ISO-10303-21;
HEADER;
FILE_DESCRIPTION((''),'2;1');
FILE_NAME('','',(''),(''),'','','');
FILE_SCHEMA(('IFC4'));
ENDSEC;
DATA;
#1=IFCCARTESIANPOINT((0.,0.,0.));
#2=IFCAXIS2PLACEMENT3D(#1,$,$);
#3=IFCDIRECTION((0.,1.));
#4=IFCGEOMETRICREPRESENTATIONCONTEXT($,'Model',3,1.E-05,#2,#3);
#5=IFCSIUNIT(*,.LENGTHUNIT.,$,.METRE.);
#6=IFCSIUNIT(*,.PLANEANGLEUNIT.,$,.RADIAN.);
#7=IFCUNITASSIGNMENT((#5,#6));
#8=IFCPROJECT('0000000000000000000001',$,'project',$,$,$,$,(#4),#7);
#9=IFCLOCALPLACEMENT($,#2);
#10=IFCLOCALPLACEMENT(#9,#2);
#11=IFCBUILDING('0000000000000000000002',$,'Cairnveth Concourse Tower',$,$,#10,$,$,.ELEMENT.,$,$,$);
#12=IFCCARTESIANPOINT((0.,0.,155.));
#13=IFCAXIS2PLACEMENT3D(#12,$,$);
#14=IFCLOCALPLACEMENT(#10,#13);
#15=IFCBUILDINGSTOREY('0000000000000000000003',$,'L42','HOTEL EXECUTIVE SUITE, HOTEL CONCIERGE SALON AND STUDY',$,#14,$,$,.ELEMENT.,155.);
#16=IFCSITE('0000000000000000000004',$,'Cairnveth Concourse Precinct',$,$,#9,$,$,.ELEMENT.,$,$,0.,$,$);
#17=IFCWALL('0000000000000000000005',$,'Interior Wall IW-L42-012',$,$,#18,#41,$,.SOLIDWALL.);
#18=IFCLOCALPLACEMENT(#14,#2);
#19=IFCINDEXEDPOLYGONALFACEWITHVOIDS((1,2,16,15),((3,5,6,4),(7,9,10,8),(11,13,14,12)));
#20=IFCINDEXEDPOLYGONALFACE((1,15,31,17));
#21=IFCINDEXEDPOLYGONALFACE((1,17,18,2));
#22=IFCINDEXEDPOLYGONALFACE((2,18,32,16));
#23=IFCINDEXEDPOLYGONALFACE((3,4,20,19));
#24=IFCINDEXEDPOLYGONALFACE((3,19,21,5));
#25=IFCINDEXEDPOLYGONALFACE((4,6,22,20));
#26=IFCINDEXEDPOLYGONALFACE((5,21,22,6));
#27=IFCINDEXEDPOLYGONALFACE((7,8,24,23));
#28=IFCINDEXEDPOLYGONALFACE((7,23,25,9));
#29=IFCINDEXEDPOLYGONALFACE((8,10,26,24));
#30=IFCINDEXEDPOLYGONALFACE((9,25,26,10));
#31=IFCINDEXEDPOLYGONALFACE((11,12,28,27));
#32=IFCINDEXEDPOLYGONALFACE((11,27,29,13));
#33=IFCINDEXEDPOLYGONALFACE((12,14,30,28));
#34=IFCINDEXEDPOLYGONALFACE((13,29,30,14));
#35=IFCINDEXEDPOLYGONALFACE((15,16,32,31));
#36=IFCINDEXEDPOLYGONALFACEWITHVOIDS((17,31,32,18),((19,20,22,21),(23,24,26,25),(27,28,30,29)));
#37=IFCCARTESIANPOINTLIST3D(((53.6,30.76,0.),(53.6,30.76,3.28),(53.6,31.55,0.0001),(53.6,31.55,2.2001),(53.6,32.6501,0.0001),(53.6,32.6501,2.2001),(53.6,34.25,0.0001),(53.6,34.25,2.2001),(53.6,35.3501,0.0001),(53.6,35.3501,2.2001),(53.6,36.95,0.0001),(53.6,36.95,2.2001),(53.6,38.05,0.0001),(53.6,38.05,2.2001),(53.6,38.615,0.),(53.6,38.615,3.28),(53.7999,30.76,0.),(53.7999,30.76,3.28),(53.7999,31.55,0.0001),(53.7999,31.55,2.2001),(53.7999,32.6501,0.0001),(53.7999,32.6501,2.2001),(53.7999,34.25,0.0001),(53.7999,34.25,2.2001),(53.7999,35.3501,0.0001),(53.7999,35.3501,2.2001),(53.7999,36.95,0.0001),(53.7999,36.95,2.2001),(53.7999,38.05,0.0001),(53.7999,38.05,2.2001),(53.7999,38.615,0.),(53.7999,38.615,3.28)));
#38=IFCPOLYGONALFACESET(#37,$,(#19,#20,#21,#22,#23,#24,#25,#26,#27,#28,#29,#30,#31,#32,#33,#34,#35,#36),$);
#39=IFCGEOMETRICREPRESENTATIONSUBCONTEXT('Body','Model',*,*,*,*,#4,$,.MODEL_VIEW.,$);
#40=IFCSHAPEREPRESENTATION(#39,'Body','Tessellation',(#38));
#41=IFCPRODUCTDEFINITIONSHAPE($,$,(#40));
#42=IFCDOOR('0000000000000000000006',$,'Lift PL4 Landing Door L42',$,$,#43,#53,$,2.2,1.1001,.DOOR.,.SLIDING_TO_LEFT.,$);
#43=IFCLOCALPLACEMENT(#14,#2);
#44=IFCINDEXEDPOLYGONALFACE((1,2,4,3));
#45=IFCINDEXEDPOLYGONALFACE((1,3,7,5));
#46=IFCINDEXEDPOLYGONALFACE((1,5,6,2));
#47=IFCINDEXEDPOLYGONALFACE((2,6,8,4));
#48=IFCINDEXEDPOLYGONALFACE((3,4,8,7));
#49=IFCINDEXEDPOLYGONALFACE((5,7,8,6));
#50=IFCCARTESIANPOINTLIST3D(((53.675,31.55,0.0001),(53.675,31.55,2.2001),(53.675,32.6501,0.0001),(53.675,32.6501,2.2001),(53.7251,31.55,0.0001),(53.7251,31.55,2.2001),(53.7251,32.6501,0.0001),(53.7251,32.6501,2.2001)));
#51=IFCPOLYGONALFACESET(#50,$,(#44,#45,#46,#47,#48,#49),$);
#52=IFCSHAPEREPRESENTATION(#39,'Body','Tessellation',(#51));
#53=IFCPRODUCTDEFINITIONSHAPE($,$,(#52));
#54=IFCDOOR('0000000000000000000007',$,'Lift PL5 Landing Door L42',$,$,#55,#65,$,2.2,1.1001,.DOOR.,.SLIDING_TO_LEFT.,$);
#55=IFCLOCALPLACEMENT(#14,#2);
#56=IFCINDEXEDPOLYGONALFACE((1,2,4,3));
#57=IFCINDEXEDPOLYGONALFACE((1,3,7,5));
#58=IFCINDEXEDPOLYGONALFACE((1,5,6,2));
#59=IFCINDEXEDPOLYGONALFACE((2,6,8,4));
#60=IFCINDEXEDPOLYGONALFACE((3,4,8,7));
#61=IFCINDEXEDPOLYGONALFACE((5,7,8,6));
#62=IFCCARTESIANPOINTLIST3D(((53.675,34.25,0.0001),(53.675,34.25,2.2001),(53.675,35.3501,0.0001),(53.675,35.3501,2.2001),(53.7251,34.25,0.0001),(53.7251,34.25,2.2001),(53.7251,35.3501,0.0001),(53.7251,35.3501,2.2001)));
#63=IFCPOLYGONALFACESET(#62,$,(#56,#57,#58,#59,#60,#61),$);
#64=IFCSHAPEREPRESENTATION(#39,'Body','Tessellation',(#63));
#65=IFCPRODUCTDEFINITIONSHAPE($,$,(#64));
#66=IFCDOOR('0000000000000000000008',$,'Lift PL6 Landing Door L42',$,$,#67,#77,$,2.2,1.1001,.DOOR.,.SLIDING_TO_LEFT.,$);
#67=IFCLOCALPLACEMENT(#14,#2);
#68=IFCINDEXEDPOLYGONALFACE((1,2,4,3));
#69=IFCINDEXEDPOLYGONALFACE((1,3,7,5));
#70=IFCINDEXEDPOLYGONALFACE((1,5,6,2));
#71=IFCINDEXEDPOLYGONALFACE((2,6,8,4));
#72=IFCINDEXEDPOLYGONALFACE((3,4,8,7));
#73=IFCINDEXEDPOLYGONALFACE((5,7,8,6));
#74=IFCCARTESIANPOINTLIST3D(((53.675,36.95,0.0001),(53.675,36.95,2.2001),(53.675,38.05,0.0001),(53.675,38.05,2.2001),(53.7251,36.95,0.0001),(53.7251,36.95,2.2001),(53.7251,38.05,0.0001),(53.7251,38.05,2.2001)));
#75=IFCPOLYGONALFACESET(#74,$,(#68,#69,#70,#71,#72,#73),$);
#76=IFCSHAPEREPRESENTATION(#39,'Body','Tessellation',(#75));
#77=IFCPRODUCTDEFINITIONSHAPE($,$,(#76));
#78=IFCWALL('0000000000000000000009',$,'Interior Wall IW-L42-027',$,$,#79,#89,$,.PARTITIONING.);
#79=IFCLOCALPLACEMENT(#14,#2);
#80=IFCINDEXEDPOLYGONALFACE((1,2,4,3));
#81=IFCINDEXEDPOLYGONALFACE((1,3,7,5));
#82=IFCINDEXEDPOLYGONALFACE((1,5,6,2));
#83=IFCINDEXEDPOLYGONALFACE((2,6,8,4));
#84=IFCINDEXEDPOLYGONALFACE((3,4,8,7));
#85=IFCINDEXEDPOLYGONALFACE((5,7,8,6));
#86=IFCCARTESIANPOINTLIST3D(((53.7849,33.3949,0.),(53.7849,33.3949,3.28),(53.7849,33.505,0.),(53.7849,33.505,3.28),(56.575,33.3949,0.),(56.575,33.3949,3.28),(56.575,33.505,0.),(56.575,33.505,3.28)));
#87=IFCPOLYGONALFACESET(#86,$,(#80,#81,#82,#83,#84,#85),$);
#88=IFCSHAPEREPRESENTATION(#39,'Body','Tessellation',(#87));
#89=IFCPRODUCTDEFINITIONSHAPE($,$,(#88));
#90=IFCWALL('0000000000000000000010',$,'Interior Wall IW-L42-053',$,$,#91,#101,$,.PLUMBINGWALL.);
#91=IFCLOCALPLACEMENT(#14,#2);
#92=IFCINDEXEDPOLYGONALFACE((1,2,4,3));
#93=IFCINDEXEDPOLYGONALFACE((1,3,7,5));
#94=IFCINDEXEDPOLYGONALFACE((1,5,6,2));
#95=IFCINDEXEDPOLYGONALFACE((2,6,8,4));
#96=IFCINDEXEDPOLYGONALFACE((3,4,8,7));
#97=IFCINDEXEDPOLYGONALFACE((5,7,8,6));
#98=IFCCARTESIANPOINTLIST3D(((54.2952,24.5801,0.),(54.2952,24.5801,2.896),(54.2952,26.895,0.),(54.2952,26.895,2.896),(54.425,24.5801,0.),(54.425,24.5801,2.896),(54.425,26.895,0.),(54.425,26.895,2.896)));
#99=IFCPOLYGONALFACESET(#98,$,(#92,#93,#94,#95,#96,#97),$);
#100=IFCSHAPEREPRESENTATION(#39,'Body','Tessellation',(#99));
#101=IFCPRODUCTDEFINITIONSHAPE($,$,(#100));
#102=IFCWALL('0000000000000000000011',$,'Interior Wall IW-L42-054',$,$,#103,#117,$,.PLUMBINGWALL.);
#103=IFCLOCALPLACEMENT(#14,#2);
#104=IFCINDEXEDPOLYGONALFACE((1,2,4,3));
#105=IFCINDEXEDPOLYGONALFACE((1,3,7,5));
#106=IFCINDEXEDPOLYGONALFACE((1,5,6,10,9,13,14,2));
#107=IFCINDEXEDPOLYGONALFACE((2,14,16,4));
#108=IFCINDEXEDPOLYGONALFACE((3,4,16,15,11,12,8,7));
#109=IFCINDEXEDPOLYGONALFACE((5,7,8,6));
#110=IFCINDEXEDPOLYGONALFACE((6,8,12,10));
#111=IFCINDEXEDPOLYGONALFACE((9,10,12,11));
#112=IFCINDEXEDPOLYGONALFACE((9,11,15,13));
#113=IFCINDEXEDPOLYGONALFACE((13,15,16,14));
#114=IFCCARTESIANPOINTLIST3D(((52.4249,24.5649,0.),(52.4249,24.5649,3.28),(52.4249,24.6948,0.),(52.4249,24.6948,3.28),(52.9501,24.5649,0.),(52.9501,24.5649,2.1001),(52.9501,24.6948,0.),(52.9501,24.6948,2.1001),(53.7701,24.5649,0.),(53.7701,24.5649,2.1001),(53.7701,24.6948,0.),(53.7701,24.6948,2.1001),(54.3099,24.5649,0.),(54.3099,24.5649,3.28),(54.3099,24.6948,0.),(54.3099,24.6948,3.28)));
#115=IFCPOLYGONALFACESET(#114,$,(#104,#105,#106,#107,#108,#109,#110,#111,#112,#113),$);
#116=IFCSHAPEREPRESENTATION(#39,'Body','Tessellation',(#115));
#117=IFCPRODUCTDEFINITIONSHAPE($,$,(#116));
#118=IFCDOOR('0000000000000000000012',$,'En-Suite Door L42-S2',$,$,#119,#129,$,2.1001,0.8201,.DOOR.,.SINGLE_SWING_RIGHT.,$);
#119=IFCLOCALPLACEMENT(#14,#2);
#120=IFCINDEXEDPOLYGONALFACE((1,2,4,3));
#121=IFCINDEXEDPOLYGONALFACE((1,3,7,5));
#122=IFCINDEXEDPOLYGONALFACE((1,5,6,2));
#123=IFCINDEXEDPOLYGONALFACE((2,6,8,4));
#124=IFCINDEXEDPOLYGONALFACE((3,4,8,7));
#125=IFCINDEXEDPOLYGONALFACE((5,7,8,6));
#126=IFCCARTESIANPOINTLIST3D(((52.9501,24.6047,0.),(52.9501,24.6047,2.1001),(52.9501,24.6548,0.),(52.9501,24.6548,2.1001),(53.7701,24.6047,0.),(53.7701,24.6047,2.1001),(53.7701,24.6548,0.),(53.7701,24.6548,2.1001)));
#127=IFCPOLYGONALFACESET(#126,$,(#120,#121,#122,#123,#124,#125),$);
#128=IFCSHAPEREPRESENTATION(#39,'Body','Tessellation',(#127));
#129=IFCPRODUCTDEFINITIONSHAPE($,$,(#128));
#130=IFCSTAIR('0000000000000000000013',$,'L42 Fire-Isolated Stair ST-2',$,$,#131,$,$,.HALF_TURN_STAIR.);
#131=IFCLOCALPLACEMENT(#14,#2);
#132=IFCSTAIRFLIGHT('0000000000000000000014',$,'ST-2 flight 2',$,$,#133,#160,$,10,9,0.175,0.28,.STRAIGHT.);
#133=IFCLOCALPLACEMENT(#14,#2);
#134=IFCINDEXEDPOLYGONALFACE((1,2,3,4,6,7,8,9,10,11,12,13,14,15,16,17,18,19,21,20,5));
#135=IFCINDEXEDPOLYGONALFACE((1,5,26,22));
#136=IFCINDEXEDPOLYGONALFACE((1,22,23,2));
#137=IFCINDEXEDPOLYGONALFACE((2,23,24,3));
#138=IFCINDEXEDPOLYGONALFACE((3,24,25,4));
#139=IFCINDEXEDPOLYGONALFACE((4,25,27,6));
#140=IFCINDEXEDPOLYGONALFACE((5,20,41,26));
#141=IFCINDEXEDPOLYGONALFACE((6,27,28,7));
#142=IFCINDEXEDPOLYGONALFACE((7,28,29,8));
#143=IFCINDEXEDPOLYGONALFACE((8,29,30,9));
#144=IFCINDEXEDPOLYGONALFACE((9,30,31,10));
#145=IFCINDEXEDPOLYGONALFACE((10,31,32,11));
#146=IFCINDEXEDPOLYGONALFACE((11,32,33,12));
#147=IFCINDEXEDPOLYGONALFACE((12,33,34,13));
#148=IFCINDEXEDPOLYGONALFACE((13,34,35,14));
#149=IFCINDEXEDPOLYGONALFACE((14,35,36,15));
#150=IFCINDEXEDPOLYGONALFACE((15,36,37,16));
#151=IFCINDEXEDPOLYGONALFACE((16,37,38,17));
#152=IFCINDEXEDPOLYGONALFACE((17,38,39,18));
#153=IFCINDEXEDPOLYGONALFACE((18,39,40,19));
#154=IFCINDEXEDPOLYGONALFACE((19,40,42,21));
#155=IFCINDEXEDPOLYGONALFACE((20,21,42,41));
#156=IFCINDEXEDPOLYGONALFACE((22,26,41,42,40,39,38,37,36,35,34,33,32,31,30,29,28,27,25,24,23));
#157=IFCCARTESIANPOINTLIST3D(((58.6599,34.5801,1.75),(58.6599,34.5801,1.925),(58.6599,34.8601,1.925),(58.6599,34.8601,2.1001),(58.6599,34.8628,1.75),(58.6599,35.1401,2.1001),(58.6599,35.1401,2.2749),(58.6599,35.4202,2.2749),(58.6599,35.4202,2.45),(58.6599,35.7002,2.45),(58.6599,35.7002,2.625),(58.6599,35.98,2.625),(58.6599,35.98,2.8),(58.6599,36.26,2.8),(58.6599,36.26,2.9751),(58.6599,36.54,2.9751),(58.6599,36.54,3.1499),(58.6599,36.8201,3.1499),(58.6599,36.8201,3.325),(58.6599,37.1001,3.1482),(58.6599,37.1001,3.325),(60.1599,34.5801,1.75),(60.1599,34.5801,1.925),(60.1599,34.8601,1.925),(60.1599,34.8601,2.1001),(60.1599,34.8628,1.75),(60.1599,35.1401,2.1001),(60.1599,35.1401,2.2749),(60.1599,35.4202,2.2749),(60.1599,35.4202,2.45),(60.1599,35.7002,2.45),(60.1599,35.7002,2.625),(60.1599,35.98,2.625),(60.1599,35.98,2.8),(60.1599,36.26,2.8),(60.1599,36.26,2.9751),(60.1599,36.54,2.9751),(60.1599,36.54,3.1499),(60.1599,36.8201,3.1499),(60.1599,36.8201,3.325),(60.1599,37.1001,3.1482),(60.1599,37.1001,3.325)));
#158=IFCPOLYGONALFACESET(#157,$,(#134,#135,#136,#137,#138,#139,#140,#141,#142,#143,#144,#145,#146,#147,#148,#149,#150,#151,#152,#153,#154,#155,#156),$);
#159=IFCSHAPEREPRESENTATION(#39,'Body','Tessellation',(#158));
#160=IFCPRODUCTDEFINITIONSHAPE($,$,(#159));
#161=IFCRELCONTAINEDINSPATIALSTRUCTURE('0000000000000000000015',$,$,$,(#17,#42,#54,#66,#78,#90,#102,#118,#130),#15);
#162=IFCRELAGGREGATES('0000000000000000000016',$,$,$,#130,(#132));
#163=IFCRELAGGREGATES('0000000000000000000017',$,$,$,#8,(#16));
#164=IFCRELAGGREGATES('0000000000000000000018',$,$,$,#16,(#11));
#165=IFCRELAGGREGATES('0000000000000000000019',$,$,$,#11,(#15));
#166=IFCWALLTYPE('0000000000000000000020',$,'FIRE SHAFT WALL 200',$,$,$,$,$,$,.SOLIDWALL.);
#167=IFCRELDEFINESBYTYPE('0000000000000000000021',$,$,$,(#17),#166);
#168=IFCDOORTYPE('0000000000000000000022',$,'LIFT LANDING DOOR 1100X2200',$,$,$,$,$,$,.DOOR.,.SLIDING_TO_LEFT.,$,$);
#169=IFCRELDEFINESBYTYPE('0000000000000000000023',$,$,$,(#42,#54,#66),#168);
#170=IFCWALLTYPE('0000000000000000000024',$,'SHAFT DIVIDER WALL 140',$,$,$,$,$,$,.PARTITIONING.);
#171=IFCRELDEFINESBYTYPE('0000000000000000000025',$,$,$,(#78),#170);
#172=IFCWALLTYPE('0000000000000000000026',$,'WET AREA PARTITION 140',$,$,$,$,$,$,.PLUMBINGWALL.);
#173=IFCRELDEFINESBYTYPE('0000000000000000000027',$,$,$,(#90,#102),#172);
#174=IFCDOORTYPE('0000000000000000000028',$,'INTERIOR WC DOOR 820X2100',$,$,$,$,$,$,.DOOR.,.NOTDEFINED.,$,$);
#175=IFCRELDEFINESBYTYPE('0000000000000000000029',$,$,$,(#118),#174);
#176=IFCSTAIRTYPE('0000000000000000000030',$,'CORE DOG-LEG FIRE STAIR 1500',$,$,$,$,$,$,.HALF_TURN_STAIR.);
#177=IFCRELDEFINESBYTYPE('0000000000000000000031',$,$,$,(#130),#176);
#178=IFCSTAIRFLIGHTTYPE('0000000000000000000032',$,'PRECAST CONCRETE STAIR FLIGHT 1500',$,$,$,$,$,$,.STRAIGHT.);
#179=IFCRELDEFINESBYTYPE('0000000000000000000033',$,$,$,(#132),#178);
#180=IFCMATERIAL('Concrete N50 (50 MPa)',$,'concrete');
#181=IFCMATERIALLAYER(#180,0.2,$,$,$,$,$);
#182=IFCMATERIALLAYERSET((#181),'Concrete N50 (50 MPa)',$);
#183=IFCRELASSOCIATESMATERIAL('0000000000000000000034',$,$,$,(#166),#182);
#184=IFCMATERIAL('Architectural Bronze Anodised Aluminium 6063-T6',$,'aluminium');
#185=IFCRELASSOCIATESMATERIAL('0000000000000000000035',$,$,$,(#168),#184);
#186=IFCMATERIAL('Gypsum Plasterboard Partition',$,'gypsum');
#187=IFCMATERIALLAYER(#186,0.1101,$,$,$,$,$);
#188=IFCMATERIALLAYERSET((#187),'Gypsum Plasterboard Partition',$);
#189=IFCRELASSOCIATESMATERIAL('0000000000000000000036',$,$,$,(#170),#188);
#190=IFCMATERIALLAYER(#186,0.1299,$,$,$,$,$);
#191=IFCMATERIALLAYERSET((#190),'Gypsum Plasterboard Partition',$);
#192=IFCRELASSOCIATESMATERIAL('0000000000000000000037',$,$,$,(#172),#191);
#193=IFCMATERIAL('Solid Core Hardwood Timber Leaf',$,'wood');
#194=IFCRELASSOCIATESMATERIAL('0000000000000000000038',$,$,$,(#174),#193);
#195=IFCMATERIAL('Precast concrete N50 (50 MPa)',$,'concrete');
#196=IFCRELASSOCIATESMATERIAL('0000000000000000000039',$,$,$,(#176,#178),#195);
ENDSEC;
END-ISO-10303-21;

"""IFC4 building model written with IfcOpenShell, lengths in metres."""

from ifc_helpers import new_model, si_unit, direction, frame, frame_2d, origin, place, context, subcontext, project, spatial, polyline, rectangle, outline, extrude, material, layer, layer_set, type_object, element, fill, aggregate, save


model = new_model("IFC4")

# Units and contexts
model_context = context("Model", 3, precision=1e-05, world=origin(), true_north=direction((0.0, 1.0)))
body_context = subcontext(model_context, "Body", "Model", "MODEL_VIEW")
ifc_project = project(units=[si_unit("LENGTHUNIT", "METRE"), si_unit("PLANEANGLEUNIT", "RADIAN")], contexts=[model_context])

# Site, building, storey
site_placement = place(None, origin())
site = spatial("IfcSite", under=ifc_project, at=site_placement, Name="Cairnveth Concourse Precinct", CompositionType="ELEMENT", RefElevation=0.0)
building_placement = place(site_placement, origin())
building = spatial("IfcBuilding", under=site, at=building_placement, Name="Cairnveth Concourse Tower", CompositionType="ELEMENT")
storey_placement = place(building_placement, frame((0.0, 0.0, 155.0)))
storey = spatial("IfcBuildingStorey", under=building, at=storey_placement, Name="L42", Description="HOTEL EXECUTIVE SUITE, HOTEL CONCIERGE SALON AND STUDY", CompositionType="ELEMENT", Elevation=155.0)

# Shared definitions
ifc_material_1 = material(Name="Gypsum Plasterboard Partition", Category="gypsum")
ifc_material_2 = material(Name="Concrete N50 (50 MPa)", Category="concrete")

# Shared definitions
ifc_layer_1 = layer(ifc_material_2, 0.2)
ifc_layer_set_1 = layer_set([ifc_layer_1], Name="Concrete N50 (50 MPa)")
wall_type_1 = type_object("IfcWallType", Name="FIRE SHAFT WALL 200", PredefinedType="SOLIDWALL", material=ifc_layer_set_1)

# Wall, openings, doors
wall_1_placement = place(storey_placement, frame((53.7, 30.76, 0.0), z_axis=(0.0, 0.0, 1.0), x_axis=(0.0, 1.0, 0.0)))
wall_1 = element("IfcWall", 1, at=wall_1_placement, inside=storey, type_object=wall_type_1, Name="Interior Wall IW-L42-012", PredefinedType="SOLIDWALL", context=body_context, shape_type="SweptSolid", body=[
    extrude(rectangle(XDim=7.855, YDim=0.2, at=frame_2d((3.9275, 0.0))), origin(), (0.0, 0.0, 1.0), 3.28),
])
opening_1_placement = place(wall_1_placement, frame((0.79, 0.0, 0.0)))
opening_1 = element("IfcOpeningElement", 2, at=opening_1_placement, cuts=wall_1, PredefinedType="OPENING", context=body_context, shape_type="SweptSolid", body=[
    extrude(rectangle(XDim=1.1001, YDim=2.2, at=frame_2d((0.55, 1.1001))), frame((0.0, 0.1099, 0.0), z_axis=(0.0, -1.0, 0.0), x_axis=(1.0, 0.0, 0.0)), (0.0, 0.0, 1.0), 0.22),
])
opening_2_placement = place(wall_1_placement, frame((3.49, 0.0, 0.0)))
opening_2 = element("IfcOpeningElement", 3, at=opening_2_placement, cuts=wall_1, PredefinedType="OPENING", context=body_context, shape_type="SweptSolid", body=[
    extrude(rectangle(XDim=1.1001, YDim=2.2, at=frame_2d((0.55, 1.1001))), frame((0.0, 0.1099, 0.0), z_axis=(0.0, -1.0, 0.0), x_axis=(1.0, 0.0, 0.0)), (0.0, 0.0, 1.0), 0.22),
])
opening_3_placement = place(wall_1_placement, frame((6.1899, 0.0, 0.0)))
opening_3 = element("IfcOpeningElement", 4, at=opening_3_placement, cuts=wall_1, PredefinedType="OPENING", context=body_context, shape_type="SweptSolid", body=[
    extrude(rectangle(XDim=1.1001, YDim=2.2, at=frame_2d((0.55, 1.1001))), frame((0.0, 0.1099, 0.0), z_axis=(0.0, -1.0, 0.0), x_axis=(1.0, 0.0, 0.0)), (0.0, 0.0, 1.0), 0.22),
])
ifc_material_3 = material(Name="Architectural Bronze Anodised Aluminium 6063-T6", Category="aluminium")
door_type_1 = type_object("IfcDoorType", Name="LIFT LANDING DOOR 1100X2200", OperationType="SLIDING_TO_LEFT", PredefinedType="DOOR", material=ifc_material_3)
door_1_placement = place(opening_1_placement, origin())
door_1 = element("IfcDoor", 5, at=door_1_placement, inside=storey, type_object=door_type_1, Name="Lift PL4 Landing Door L42", OperationType="SLIDING_TO_LEFT", OverallHeight=2.2, OverallWidth=1.1001, PredefinedType="DOOR", context=body_context, shape_type="SweptSolid", body=[
    extrude(rectangle(XDim=1.1001, YDim=2.2, at=frame_2d((0.55, 1.1001))), frame((0.0, 0.0249, 0.0), z_axis=(0.0, -1.0, 0.0), x_axis=(1.0, 0.0, 0.0)), (0.0, 0.0, 1.0), 0.05),
])
fill(opening_1, door_1)
door_2_placement = place(opening_2_placement, origin())
door_2 = element("IfcDoor", 6, at=door_2_placement, inside=storey, type_object=door_type_1, Name="Lift PL5 Landing Door L42", OperationType="SLIDING_TO_LEFT", OverallHeight=2.2, OverallWidth=1.1001, PredefinedType="DOOR", context=body_context, shape_type="SweptSolid", body=[
    extrude(rectangle(XDim=1.1001, YDim=2.2, at=frame_2d((0.55, 1.1001))), frame((0.0, 0.0249, 0.0), z_axis=(0.0, -1.0, 0.0), x_axis=(1.0, 0.0, 0.0)), (0.0, 0.0, 1.0), 0.05),
])
fill(opening_2, door_2)
door_3_placement = place(opening_3_placement, origin())
door_3 = element("IfcDoor", 7, at=door_3_placement, inside=storey, type_object=door_type_1, Name="Lift PL6 Landing Door L42", OperationType="SLIDING_TO_LEFT", OverallHeight=2.2, OverallWidth=1.1001, PredefinedType="DOOR", context=body_context, shape_type="SweptSolid", body=[
    extrude(rectangle(XDim=1.1001, YDim=2.2, at=frame_2d((0.55, 1.1001))), frame((0.0, 0.0249, 0.0), z_axis=(0.0, -1.0, 0.0), x_axis=(1.0, 0.0, 0.0)), (0.0, 0.0, 1.0), 0.05),
])
fill(opening_3, door_3)

# Walls
ifc_layer_2 = layer(ifc_material_1, 0.1101)
ifc_layer_set_2 = layer_set([ifc_layer_2], Name="Gypsum Plasterboard Partition")
wall_type_2 = type_object("IfcWallType", Name="SHAFT DIVIDER WALL 140", PredefinedType="PARTITIONING", material=ifc_layer_set_2)
wall_2_placement = place(storey_placement, frame((53.7849, 33.45, 0.0), z_axis=(0.0, 0.0, 1.0), x_axis=(1.0, 0.0, 0.0)))
element("IfcWall", 8, at=wall_2_placement, inside=storey, type_object=wall_type_2, Name="Interior Wall IW-L42-027", PredefinedType="PARTITIONING", context=body_context, shape_type="SweptSolid", body=[
    extrude(rectangle(XDim=2.79, YDim=0.1101, at=frame_2d((1.395, 0.0))), origin(), (0.0, 0.0, 1.0), 3.28),
])
ifc_layer_3 = layer(ifc_material_1, 0.1299)
ifc_layer_set_3 = layer_set([ifc_layer_3], Name="Gypsum Plasterboard Partition")
wall_type_3 = type_object("IfcWallType", Name="WET AREA PARTITION 140", PredefinedType="PLUMBINGWALL", material=ifc_layer_set_3)
wall_3_placement = place(storey_placement, frame((54.3601, 24.5801, 0.0), z_axis=(0.0, 0.0, 1.0), x_axis=(0.0, 1.0, 0.0)))
element("IfcWall", 9, at=wall_3_placement, inside=storey, type_object=wall_type_3, Name="Interior Wall IW-L42-053", PredefinedType="PLUMBINGWALL", context=body_context, shape_type="SweptSolid", body=[
    extrude(rectangle(XDim=2.3149, YDim=0.1299, at=frame_2d((1.1575, 0.0))), origin(), (0.0, 0.0, 1.0), 2.896),
])

# Wall, opening, door
wall_4_placement = place(storey_placement, frame((52.425, 24.6299, 0.0), z_axis=(0.0, 0.0, 1.0), x_axis=(1.0, 0.0, 0.0)))
wall_4 = element("IfcWall", 10, at=wall_4_placement, inside=storey, type_object=wall_type_3, Name="Interior Wall IW-L42-054", PredefinedType="PLUMBINGWALL", context=body_context, shape_type="SweptSolid", body=[
    extrude(rectangle(XDim=1.885, YDim=0.1299, at=frame_2d((0.9424, 0.0))), origin(), (0.0, 0.0, 1.0), 3.28),
])
opening_4_placement = place(wall_4_placement, frame((0.5249, 0.0, 0.0)))
opening_4 = element("IfcOpeningElement", 11, at=opening_4_placement, cuts=wall_4, PredefinedType="OPENING", context=body_context, shape_type="SweptSolid", body=[
    extrude(rectangle(XDim=0.8201, YDim=2.1001, at=frame_2d((0.4102, 1.05))), frame((0.0, 0.075, 0.0), z_axis=(0.0, -1.0, 0.0), x_axis=(1.0, 0.0, 0.0)), (0.0, 0.0, 1.0), 0.1499),
])
ifc_material_4 = material(Name="Solid Core Hardwood Timber Leaf", Category="wood")
door_type_2 = type_object("IfcDoorType", Name="INTERIOR WC DOOR 820X2100", OperationType="NOTDEFINED", PredefinedType="DOOR", material=ifc_material_4)
door_4_placement = place(opening_4_placement, origin())
door_4 = element("IfcDoor", 12, at=door_4_placement, inside=storey, type_object=door_type_2, Name="En-Suite Door L42-S2", OperationType="SINGLE_SWING_RIGHT", OverallHeight=2.1001, OverallWidth=0.8201, PredefinedType="DOOR", context=body_context, shape_type="SweptSolid", body=[
    extrude(rectangle(XDim=0.8201, YDim=2.1001, at=frame_2d((0.4102, 1.05))), frame((0.0, 0.0249, 0.0), z_axis=(0.0, -1.0, 0.0), x_axis=(1.0, 0.0, 0.0)), (0.0, 0.0, 1.0), 0.05),
])
fill(opening_4, door_4)

# Stair, stair flight
ifc_material_5 = material(Name="Precast concrete N50 (50 MPa)", Category="concrete")
stair_type = type_object("IfcStairType", Name="CORE DOG-LEG FIRE STAIR 1500", PredefinedType="HALF_TURN_STAIR", material=ifc_material_5)
stair_placement = place(storey_placement, origin())
stair = element("IfcStair", 13, at=stair_placement, inside=storey, type_object=stair_type, Name="L42 Fire-Isolated Stair ST-2", PredefinedType="HALF_TURN_STAIR")
stair_flight_type = type_object("IfcStairFlightType", Name="PRECAST CONCRETE STAIR FLIGHT 1500", PredefinedType="STRAIGHT", material=ifc_material_5)
stair_flight_placement = place(storey_placement, frame((59.4099, 34.5801, 1.75), z_axis=(0.0, 0.0, 1.0), x_axis=(0.0, 1.0, 0.0)))
stair_flight = element("IfcStairFlight", 14, at=stair_flight_placement, type_object=stair_flight_type, Name="ST-2 flight 2", NumberOfRisers=10, NumberOfTreads=9, PredefinedType="STRAIGHT", RiserHeight=0.175, TreadLength=0.28, context=body_context, shape_type="SweptSolid", body=[
    extrude(outline(polyline([(0.0, 0.0), (0.0, 0.175), (0.28, 0.175), (0.28, 0.3501), (0.5601, 0.3501), (0.5601, 0.5249), (0.8401, 0.5249), (0.8401, 0.7), (1.1201, 0.7), (1.1201, 0.875), (1.3999, 0.875), (1.3999, 1.05), (1.6799, 1.05), (1.6799, 1.2251), (1.96, 1.2251), (1.96, 1.3999), (2.24, 1.3999), (2.24, 1.575), (2.52, 1.575), (2.52, 1.75), (2.52, 1.3982), (0.2827, 0.0), (0.0, 0.0)])), frame((0.0, 0.75, 0.0), z_axis=(0.0, -1.0, 0.0), x_axis=(1.0, 0.0, 0.0)), (0.0, 0.0, 1.0), 1.5),
])
aggregate(stair, [stair_flight])

save(model, "model.ifc")
